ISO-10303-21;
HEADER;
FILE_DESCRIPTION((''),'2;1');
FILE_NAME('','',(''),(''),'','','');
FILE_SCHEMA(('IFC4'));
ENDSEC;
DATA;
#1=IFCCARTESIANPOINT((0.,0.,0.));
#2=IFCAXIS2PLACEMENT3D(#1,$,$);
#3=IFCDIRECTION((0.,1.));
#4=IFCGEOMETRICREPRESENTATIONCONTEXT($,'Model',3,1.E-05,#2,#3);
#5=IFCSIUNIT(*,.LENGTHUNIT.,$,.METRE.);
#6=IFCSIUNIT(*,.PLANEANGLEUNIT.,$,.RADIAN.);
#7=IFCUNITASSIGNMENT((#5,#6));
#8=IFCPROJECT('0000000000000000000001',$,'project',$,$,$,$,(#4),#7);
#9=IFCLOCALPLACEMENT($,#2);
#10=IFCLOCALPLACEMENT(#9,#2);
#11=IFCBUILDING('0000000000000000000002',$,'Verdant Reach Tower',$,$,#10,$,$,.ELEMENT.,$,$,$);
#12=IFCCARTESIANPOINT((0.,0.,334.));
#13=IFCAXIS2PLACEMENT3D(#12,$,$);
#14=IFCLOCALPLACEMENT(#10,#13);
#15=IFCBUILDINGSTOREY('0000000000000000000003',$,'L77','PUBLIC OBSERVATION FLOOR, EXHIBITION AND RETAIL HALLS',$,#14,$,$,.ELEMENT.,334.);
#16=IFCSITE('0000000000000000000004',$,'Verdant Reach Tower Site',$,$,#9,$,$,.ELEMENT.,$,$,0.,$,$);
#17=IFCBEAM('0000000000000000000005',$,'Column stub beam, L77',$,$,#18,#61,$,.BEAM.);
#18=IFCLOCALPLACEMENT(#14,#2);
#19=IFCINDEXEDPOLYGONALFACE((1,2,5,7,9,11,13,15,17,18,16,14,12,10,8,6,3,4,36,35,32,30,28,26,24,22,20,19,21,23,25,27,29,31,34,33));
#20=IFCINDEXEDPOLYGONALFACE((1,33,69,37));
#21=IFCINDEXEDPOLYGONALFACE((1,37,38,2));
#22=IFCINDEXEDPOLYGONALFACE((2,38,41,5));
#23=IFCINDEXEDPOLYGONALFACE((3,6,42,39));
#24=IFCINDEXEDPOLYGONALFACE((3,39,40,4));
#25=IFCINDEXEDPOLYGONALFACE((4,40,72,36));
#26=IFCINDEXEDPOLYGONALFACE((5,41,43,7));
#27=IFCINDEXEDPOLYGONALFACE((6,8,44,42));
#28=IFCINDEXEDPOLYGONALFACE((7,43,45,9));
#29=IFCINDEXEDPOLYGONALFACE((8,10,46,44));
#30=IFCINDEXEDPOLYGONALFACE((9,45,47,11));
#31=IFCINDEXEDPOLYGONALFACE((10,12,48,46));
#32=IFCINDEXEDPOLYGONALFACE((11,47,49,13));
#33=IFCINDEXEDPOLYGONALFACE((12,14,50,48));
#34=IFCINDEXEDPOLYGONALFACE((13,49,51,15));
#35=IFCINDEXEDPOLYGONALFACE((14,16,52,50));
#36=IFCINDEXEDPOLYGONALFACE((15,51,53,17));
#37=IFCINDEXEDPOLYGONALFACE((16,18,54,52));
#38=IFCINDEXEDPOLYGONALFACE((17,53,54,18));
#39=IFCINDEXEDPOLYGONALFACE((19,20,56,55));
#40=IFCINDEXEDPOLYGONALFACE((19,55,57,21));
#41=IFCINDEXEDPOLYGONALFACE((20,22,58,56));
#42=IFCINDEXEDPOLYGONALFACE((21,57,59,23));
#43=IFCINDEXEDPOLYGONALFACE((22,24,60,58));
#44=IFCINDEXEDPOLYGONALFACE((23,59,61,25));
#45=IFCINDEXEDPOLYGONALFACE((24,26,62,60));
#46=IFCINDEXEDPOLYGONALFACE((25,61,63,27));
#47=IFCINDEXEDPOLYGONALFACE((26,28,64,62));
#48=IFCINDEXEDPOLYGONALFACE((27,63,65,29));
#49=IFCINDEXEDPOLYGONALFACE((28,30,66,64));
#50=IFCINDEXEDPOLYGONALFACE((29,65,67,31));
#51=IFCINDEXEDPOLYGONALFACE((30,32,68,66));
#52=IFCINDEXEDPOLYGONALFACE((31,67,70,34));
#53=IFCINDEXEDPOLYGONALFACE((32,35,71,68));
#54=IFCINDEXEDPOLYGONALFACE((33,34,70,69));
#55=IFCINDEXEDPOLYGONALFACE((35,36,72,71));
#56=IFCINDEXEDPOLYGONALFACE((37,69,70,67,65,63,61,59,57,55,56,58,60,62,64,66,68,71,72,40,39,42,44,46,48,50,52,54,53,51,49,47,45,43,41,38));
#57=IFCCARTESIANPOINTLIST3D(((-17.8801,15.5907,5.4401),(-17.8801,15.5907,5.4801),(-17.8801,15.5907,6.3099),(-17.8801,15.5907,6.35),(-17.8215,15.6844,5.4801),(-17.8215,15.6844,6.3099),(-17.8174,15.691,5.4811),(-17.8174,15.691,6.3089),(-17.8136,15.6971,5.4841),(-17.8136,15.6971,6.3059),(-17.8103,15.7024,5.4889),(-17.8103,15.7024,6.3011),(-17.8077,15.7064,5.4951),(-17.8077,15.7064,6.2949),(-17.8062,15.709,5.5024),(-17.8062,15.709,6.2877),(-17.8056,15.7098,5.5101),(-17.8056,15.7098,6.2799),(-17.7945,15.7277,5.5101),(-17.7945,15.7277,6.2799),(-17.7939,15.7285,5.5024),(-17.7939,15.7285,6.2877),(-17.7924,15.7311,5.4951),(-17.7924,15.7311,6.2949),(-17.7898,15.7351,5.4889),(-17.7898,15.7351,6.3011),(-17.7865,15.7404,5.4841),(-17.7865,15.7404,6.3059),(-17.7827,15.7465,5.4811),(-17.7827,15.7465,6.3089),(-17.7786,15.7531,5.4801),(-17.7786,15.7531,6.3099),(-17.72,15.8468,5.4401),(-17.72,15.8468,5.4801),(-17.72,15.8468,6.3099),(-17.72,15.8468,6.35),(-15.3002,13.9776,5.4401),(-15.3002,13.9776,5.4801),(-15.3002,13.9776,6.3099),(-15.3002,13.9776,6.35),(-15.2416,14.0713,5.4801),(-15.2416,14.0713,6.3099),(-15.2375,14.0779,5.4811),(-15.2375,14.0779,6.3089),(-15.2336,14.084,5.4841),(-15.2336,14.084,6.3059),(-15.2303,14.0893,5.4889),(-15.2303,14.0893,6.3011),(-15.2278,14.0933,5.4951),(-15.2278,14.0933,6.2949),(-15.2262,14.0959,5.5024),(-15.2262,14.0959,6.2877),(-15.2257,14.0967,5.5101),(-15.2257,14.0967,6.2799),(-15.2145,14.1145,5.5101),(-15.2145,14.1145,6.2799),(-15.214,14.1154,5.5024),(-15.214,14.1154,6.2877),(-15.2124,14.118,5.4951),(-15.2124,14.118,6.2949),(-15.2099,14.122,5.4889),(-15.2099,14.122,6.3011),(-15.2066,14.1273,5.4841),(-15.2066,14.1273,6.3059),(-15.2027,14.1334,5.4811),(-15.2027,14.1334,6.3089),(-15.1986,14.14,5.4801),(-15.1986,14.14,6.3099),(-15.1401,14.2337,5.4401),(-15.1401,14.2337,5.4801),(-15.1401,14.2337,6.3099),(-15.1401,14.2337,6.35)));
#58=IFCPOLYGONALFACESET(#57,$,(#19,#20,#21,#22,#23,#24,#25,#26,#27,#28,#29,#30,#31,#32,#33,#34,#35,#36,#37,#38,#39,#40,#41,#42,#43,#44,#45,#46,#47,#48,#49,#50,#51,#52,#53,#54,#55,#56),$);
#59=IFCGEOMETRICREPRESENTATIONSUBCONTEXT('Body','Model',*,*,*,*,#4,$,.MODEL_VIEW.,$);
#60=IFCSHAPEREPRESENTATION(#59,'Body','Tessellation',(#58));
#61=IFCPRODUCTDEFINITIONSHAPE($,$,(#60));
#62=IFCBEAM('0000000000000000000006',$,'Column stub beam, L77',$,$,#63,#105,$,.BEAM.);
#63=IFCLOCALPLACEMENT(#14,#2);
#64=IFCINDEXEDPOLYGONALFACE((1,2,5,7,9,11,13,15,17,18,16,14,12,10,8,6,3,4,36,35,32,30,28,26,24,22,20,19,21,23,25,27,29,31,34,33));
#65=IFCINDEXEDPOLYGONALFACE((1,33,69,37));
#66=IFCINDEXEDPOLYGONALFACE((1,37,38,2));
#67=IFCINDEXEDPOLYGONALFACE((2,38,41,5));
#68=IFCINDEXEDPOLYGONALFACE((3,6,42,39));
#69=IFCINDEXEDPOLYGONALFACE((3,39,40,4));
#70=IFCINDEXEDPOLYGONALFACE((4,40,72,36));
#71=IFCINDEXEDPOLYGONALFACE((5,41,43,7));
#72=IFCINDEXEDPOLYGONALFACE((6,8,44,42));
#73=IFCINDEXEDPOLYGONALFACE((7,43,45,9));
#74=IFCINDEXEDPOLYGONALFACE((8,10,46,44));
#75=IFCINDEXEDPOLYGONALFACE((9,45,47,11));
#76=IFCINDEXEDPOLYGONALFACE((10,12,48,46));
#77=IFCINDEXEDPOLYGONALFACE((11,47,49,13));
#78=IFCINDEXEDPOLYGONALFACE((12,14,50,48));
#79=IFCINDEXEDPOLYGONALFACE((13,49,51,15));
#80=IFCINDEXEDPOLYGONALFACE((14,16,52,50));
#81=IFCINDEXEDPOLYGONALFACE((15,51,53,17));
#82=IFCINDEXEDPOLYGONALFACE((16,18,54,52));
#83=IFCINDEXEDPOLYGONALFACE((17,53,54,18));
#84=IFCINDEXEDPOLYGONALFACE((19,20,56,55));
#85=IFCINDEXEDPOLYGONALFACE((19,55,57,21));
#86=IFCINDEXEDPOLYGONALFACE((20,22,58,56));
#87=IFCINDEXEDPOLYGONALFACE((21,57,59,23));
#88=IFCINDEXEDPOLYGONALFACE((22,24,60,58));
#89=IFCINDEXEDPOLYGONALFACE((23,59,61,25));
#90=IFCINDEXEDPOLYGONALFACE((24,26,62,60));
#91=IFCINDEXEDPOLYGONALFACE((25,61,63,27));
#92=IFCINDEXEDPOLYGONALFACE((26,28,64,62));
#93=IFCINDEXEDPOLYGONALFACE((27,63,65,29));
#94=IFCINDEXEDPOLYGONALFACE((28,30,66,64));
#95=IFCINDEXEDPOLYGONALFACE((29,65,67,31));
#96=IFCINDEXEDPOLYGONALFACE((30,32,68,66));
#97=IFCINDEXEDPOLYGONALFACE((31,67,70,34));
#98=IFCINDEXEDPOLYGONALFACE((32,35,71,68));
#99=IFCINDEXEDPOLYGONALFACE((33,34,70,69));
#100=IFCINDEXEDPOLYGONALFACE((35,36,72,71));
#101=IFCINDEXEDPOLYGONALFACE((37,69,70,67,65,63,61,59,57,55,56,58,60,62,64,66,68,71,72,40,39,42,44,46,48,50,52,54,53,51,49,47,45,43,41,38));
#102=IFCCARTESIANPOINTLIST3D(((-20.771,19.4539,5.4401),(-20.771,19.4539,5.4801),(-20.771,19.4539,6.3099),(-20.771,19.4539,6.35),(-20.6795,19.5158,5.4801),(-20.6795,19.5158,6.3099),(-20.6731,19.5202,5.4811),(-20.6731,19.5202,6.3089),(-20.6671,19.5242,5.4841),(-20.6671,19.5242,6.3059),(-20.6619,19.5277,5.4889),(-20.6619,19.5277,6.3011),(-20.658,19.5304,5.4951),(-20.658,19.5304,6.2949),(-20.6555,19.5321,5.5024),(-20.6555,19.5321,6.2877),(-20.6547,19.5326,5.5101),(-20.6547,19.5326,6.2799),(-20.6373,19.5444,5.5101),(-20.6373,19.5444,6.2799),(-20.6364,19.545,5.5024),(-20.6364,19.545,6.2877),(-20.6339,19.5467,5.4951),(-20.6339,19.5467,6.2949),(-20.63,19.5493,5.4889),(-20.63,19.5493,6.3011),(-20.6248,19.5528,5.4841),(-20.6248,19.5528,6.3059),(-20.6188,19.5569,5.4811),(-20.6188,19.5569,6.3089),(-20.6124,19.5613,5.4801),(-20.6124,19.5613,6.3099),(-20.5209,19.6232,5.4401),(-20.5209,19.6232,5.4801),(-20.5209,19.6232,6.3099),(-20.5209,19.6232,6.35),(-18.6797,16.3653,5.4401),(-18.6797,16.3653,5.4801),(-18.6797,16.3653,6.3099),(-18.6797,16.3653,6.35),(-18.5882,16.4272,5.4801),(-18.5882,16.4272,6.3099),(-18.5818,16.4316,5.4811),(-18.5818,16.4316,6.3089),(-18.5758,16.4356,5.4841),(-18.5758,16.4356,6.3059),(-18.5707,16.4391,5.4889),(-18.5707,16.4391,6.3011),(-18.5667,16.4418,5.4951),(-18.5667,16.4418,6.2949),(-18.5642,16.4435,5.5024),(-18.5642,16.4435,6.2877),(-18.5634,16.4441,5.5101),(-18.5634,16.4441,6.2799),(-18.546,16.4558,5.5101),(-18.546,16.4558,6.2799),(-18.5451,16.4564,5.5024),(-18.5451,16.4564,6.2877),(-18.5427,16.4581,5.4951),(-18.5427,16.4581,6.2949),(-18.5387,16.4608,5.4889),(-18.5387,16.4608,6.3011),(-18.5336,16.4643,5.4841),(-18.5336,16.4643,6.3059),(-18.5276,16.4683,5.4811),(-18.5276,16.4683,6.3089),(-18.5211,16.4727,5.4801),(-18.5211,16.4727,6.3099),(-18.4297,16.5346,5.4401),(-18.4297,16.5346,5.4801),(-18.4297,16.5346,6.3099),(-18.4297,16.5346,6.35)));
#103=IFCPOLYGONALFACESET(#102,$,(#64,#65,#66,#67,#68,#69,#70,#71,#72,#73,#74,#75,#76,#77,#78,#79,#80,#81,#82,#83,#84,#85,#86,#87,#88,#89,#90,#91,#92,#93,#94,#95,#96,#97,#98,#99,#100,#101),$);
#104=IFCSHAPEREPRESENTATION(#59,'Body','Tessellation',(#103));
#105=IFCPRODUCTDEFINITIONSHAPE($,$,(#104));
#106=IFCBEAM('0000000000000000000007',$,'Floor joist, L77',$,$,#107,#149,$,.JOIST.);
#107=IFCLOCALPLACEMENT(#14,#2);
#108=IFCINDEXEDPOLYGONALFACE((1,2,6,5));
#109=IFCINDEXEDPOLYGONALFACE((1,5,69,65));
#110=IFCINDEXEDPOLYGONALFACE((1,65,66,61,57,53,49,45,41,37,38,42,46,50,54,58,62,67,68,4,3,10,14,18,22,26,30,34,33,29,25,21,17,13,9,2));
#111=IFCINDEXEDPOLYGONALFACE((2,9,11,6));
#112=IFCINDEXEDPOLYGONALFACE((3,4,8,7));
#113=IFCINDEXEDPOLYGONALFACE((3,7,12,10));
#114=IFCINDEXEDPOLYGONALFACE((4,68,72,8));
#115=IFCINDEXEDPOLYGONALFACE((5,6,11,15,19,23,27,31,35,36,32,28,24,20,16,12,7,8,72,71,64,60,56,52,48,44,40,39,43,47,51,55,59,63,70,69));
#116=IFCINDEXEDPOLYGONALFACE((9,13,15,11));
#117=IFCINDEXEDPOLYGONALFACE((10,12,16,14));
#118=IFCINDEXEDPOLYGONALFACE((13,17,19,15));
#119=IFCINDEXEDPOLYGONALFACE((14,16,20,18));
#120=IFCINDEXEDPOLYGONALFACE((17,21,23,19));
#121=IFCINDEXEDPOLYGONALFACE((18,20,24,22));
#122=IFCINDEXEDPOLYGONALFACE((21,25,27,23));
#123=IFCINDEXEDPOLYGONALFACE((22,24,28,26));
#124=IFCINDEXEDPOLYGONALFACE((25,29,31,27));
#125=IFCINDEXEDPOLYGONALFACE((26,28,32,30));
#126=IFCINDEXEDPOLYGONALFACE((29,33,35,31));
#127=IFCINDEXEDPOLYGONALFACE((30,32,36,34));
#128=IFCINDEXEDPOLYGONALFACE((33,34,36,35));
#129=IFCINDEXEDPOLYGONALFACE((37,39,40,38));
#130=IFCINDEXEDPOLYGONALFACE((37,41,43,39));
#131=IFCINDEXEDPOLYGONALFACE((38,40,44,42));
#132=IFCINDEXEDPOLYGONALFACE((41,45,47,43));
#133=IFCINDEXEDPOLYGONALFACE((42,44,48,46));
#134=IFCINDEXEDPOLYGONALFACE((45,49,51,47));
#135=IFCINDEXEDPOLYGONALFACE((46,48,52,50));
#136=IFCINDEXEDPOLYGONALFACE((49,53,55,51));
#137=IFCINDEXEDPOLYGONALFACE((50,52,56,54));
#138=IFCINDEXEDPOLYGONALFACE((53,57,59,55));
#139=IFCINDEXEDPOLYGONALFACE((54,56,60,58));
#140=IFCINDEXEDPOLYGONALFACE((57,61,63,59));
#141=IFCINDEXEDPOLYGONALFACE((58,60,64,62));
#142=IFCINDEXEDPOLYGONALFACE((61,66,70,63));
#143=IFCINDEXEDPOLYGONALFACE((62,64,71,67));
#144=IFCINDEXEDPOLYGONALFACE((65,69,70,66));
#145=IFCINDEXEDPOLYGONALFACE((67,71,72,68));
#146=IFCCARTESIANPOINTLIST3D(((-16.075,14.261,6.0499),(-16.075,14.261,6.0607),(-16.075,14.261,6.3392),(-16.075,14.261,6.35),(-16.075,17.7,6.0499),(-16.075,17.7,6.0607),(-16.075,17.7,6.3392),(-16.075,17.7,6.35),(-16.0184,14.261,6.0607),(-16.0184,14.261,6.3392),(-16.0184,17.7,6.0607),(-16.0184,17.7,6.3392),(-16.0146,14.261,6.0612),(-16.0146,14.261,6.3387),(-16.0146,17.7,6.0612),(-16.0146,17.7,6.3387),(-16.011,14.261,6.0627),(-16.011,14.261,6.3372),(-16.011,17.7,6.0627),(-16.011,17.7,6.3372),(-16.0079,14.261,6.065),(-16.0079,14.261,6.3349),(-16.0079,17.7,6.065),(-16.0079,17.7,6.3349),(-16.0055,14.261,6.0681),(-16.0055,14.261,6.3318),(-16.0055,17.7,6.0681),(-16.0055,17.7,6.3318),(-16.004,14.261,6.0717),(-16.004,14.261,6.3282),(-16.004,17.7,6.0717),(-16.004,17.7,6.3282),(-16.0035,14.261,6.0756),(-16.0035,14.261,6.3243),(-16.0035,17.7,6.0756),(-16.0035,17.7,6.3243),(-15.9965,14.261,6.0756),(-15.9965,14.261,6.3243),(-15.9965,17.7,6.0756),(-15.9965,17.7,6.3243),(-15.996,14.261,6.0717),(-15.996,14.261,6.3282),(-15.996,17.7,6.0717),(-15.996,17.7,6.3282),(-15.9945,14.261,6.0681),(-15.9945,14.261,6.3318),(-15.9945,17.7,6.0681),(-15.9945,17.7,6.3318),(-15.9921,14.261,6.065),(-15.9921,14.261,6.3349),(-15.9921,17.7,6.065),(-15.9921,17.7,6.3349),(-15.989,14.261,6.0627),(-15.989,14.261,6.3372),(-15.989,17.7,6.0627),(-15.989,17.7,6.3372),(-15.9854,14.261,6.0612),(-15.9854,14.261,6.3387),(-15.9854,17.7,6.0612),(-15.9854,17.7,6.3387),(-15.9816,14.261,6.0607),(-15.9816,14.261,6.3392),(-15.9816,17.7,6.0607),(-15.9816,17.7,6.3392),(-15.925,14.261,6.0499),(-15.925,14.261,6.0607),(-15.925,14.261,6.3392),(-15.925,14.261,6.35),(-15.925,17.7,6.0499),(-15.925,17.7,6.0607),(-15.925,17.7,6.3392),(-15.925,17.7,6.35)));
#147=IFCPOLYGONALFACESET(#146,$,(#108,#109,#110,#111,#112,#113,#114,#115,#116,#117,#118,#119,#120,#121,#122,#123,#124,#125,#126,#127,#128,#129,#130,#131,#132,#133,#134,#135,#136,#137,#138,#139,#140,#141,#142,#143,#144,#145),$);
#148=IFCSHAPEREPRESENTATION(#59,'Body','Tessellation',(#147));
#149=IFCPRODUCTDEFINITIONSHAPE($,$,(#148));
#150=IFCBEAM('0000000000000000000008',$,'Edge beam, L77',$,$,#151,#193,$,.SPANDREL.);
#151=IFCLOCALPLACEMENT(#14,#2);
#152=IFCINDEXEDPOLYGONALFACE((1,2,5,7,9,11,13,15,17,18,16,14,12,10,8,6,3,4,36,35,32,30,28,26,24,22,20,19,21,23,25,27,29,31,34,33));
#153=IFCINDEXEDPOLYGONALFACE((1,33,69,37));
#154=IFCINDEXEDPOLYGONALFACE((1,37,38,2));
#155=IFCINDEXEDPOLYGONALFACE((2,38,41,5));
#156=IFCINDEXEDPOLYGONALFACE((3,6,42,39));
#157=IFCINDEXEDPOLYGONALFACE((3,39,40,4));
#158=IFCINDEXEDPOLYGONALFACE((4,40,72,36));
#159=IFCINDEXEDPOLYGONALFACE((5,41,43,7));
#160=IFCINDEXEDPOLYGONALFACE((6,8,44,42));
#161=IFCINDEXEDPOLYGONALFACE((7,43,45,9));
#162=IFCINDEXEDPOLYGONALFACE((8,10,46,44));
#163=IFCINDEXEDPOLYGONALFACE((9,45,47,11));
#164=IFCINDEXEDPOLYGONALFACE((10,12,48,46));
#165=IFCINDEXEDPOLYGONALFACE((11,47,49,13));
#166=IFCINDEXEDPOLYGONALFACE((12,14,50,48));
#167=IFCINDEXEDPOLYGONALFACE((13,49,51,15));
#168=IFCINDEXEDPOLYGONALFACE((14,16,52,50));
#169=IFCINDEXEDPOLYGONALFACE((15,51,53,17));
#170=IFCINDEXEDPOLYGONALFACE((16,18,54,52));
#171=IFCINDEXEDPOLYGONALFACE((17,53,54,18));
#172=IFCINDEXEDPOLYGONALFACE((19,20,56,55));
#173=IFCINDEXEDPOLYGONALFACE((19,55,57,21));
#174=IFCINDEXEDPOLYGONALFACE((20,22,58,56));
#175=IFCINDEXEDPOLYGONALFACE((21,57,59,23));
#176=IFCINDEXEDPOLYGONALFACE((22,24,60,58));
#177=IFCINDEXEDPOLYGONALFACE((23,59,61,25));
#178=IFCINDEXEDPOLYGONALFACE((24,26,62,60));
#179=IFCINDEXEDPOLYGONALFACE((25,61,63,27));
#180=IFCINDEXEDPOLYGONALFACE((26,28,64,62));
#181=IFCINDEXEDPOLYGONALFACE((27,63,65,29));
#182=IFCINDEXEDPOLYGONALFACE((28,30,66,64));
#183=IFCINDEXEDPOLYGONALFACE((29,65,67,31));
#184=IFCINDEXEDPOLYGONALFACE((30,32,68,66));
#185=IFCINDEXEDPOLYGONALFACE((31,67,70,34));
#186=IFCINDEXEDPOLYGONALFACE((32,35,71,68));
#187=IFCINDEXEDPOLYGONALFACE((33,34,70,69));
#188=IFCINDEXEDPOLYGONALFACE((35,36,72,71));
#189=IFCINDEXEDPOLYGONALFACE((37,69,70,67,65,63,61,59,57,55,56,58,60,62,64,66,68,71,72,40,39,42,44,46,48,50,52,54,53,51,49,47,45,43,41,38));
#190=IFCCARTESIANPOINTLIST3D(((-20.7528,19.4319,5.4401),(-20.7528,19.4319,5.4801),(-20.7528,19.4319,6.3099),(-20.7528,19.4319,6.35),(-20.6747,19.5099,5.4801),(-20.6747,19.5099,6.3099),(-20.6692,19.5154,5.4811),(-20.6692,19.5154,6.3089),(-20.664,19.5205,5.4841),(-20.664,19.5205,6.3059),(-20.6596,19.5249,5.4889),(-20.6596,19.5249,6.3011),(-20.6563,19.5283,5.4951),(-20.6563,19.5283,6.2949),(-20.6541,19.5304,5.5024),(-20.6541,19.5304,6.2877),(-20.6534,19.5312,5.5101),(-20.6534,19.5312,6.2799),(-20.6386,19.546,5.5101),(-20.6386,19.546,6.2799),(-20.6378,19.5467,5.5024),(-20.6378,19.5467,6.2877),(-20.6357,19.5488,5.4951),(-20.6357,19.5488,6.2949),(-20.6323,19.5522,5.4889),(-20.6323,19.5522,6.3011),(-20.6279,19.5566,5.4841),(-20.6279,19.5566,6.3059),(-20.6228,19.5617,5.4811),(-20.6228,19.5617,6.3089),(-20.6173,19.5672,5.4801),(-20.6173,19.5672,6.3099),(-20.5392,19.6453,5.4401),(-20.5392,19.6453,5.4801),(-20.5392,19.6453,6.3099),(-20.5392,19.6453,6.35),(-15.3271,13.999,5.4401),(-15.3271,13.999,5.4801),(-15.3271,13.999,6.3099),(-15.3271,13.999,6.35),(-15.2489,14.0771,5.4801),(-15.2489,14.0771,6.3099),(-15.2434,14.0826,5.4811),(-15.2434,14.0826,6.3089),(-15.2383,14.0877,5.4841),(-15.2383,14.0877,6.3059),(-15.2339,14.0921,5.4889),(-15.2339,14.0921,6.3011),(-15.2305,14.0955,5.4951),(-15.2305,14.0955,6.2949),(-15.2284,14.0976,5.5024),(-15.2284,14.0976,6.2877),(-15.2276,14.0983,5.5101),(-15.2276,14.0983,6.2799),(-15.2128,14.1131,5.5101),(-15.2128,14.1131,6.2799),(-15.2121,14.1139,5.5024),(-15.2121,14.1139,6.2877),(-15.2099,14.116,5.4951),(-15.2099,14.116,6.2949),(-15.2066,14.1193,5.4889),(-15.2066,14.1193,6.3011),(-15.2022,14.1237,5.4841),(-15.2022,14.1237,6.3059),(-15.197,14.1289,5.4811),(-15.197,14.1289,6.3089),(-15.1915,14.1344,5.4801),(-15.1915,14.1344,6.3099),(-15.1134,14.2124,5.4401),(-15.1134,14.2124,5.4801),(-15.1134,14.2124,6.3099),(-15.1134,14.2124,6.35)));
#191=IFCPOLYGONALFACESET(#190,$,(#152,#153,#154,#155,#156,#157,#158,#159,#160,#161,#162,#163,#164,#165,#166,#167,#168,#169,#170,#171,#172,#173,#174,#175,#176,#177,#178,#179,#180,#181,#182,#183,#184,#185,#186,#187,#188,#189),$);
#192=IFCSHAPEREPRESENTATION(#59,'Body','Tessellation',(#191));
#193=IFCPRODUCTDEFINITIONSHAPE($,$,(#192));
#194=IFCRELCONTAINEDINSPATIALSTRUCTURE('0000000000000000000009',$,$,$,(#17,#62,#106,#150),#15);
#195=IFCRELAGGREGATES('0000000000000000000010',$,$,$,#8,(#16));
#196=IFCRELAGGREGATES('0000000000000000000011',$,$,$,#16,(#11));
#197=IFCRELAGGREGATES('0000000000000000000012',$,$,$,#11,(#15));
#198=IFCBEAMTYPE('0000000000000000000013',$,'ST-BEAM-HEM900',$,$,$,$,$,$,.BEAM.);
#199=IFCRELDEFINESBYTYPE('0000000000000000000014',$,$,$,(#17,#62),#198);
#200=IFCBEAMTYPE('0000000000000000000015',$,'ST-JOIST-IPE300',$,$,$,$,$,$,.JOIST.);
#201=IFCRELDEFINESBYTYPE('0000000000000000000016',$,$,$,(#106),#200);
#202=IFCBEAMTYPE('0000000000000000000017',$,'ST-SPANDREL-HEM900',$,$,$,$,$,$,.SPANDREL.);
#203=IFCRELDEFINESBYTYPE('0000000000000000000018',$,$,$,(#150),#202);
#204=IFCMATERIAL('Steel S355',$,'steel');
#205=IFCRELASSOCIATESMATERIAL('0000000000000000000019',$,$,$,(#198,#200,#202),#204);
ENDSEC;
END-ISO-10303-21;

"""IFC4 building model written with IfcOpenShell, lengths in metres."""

from ifc_helpers import new_model, si_unit, direction, frame, origin, origin_2d, place, context, subcontext, project, spatial, i_section, extrude, material, material_profile, profile_set, type_object, element, save


model = new_model("IFC4")

# Units and contexts
model_context = context("Model", 3, precision=1e-05, world=origin(), true_north=direction((0.0, 1.0)))
body_context = subcontext(model_context, "Body", "Model", "MODEL_VIEW")
ifc_project = project(units=[si_unit("LENGTHUNIT", "METRE"), si_unit("PLANEANGLEUNIT", "RADIAN")], contexts=[model_context])

# Site, building, storey
site_placement = place(None, origin())
site = spatial("IfcSite", under=ifc_project, at=site_placement, Name="Verdant Reach Tower Site", CompositionType="ELEMENT", RefElevation=0.0)
building_placement = place(site_placement, origin())
building = spatial("IfcBuilding", under=site, at=building_placement, Name="Verdant Reach Tower", CompositionType="ELEMENT")
storey_placement = place(building_placement, frame((0.0, 0.0, 334.0)))
storey = spatial("IfcBuildingStorey", under=building, at=storey_placement, Name="L77", Description="PUBLIC OBSERVATION FLOOR, EXHIBITION AND RETAIL HALLS", CompositionType="ELEMENT", Elevation=334.0)

# Beams
ifc_material_1 = material(Name="Steel S355", Category="steel")
ifc_material_profile_1 = material_profile(ifc_material_1, i_section(OverallWidth=0.302, OverallDepth=0.9099, WebThickness=0.021, FlangeThickness=0.04, FilletRadius=0.03, at=origin_2d()), Name="HEM 900")
ifc_profile_set_1 = profile_set([ifc_material_profile_1], Name="Steel S355")
beam_type_1 = type_object("IfcBeamType", Name="ST-BEAM-HEM900", PredefinedType="BEAM", material=ifc_profile_set_1)
beam_1_placement = place(storey_placement, frame((-17.8, 15.7188, 5.895), z_axis=(0.847904, -0.53015, 0.0), x_axis=(0.53015, 0.847904, 0.0)))
element("IfcBeam", 1, at=beam_1_placement, inside=storey, type_object=beam_type_1, Name="Column stub beam, L77", PredefinedType="BEAM", context=body_context, shape_type="SweptSolid", body=[
    extrude(i_section(OverallWidth=0.302, OverallDepth=0.9099, WebThickness=0.021, FlangeThickness=0.04, FilletRadius=0.03, at=origin_2d()), origin(), (0.0, 0.0, 1.0), 3.0427),
])
beam_2_placement = place(storey_placement, frame((-18.5547, 16.45, 5.895), z_axis=(-0.560667, 0.828041, 0.0), x_axis=(-0.828041, -0.560667, 0.0)))
element("IfcBeam", 2, at=beam_2_placement, inside=storey, type_object=beam_type_1, Name="Column stub beam, L77", PredefinedType="BEAM", context=body_context, shape_type="SweptSolid", body=[
    extrude(i_section(OverallWidth=0.302, OverallDepth=0.9099, WebThickness=0.021, FlangeThickness=0.04, FilletRadius=0.03, at=origin_2d()), origin(), (0.0, 0.0, 1.0), 3.73),
])
ifc_material_profile_2 = material_profile(ifc_material_1, i_section(OverallWidth=0.1499, OverallDepth=0.3, WebThickness=0.0071, FlangeThickness=0.0107, FilletRadius=0.0149, at=origin_2d()), Name="IPE 300")
ifc_profile_set_2 = profile_set([ifc_material_profile_2], Name="Steel S355")
beam_type_2 = type_object("IfcBeamType", Name="ST-JOIST-IPE300", PredefinedType="JOIST", material=ifc_profile_set_2)
beam_3_placement = place(storey_placement, frame((-16.0, 17.7, 6.2), z_axis=(0.0, -1.0, 0.0), x_axis=(1.0, 0.0, 0.0)))
element("IfcBeam", 3, at=beam_3_placement, inside=storey, type_object=beam_type_2, Name="Floor joist, L77", PredefinedType="JOIST", context=body_context, shape_type="SweptSolid", body=[
    extrude(i_section(OverallWidth=0.1499, OverallDepth=0.3, WebThickness=0.0071, FlangeThickness=0.0107, FilletRadius=0.0149, at=origin_2d()), origin(), (0.0, 0.0, 1.0), 3.439),
])
ifc_material_profile_3 = material_profile(ifc_material_1, i_section(OverallWidth=0.302, OverallDepth=0.9099, WebThickness=0.021, FlangeThickness=0.04, FilletRadius=0.03, at=origin_2d()), Name="HEM 900")
ifc_profile_set_3 = profile_set([ifc_material_profile_3], Name="Steel S355")
beam_type_3 = type_object("IfcBeamType", Name="ST-SPANDREL-HEM900", PredefinedType="SPANDREL", material=ifc_profile_set_3)
beam_4_placement = place(storey_placement, frame((-15.2202, 14.1057, 5.895), z_axis=(-0.706646, 0.707568, 0.0), x_axis=(-0.707568, -0.706646, 0.0)))
element("IfcBeam", 4, at=beam_4_placement, inside=storey, type_object=beam_type_3, Name="Edge beam, L77", PredefinedType="SPANDREL", context=body_context, shape_type="SweptSolid", body=[
    extrude(i_section(OverallWidth=0.302, OverallDepth=0.9099, WebThickness=0.021, FlangeThickness=0.04, FilletRadius=0.03, at=origin_2d()), origin(), (0.0, 0.0, 1.0), 7.6782),
])

save(model, "model.ifc")
